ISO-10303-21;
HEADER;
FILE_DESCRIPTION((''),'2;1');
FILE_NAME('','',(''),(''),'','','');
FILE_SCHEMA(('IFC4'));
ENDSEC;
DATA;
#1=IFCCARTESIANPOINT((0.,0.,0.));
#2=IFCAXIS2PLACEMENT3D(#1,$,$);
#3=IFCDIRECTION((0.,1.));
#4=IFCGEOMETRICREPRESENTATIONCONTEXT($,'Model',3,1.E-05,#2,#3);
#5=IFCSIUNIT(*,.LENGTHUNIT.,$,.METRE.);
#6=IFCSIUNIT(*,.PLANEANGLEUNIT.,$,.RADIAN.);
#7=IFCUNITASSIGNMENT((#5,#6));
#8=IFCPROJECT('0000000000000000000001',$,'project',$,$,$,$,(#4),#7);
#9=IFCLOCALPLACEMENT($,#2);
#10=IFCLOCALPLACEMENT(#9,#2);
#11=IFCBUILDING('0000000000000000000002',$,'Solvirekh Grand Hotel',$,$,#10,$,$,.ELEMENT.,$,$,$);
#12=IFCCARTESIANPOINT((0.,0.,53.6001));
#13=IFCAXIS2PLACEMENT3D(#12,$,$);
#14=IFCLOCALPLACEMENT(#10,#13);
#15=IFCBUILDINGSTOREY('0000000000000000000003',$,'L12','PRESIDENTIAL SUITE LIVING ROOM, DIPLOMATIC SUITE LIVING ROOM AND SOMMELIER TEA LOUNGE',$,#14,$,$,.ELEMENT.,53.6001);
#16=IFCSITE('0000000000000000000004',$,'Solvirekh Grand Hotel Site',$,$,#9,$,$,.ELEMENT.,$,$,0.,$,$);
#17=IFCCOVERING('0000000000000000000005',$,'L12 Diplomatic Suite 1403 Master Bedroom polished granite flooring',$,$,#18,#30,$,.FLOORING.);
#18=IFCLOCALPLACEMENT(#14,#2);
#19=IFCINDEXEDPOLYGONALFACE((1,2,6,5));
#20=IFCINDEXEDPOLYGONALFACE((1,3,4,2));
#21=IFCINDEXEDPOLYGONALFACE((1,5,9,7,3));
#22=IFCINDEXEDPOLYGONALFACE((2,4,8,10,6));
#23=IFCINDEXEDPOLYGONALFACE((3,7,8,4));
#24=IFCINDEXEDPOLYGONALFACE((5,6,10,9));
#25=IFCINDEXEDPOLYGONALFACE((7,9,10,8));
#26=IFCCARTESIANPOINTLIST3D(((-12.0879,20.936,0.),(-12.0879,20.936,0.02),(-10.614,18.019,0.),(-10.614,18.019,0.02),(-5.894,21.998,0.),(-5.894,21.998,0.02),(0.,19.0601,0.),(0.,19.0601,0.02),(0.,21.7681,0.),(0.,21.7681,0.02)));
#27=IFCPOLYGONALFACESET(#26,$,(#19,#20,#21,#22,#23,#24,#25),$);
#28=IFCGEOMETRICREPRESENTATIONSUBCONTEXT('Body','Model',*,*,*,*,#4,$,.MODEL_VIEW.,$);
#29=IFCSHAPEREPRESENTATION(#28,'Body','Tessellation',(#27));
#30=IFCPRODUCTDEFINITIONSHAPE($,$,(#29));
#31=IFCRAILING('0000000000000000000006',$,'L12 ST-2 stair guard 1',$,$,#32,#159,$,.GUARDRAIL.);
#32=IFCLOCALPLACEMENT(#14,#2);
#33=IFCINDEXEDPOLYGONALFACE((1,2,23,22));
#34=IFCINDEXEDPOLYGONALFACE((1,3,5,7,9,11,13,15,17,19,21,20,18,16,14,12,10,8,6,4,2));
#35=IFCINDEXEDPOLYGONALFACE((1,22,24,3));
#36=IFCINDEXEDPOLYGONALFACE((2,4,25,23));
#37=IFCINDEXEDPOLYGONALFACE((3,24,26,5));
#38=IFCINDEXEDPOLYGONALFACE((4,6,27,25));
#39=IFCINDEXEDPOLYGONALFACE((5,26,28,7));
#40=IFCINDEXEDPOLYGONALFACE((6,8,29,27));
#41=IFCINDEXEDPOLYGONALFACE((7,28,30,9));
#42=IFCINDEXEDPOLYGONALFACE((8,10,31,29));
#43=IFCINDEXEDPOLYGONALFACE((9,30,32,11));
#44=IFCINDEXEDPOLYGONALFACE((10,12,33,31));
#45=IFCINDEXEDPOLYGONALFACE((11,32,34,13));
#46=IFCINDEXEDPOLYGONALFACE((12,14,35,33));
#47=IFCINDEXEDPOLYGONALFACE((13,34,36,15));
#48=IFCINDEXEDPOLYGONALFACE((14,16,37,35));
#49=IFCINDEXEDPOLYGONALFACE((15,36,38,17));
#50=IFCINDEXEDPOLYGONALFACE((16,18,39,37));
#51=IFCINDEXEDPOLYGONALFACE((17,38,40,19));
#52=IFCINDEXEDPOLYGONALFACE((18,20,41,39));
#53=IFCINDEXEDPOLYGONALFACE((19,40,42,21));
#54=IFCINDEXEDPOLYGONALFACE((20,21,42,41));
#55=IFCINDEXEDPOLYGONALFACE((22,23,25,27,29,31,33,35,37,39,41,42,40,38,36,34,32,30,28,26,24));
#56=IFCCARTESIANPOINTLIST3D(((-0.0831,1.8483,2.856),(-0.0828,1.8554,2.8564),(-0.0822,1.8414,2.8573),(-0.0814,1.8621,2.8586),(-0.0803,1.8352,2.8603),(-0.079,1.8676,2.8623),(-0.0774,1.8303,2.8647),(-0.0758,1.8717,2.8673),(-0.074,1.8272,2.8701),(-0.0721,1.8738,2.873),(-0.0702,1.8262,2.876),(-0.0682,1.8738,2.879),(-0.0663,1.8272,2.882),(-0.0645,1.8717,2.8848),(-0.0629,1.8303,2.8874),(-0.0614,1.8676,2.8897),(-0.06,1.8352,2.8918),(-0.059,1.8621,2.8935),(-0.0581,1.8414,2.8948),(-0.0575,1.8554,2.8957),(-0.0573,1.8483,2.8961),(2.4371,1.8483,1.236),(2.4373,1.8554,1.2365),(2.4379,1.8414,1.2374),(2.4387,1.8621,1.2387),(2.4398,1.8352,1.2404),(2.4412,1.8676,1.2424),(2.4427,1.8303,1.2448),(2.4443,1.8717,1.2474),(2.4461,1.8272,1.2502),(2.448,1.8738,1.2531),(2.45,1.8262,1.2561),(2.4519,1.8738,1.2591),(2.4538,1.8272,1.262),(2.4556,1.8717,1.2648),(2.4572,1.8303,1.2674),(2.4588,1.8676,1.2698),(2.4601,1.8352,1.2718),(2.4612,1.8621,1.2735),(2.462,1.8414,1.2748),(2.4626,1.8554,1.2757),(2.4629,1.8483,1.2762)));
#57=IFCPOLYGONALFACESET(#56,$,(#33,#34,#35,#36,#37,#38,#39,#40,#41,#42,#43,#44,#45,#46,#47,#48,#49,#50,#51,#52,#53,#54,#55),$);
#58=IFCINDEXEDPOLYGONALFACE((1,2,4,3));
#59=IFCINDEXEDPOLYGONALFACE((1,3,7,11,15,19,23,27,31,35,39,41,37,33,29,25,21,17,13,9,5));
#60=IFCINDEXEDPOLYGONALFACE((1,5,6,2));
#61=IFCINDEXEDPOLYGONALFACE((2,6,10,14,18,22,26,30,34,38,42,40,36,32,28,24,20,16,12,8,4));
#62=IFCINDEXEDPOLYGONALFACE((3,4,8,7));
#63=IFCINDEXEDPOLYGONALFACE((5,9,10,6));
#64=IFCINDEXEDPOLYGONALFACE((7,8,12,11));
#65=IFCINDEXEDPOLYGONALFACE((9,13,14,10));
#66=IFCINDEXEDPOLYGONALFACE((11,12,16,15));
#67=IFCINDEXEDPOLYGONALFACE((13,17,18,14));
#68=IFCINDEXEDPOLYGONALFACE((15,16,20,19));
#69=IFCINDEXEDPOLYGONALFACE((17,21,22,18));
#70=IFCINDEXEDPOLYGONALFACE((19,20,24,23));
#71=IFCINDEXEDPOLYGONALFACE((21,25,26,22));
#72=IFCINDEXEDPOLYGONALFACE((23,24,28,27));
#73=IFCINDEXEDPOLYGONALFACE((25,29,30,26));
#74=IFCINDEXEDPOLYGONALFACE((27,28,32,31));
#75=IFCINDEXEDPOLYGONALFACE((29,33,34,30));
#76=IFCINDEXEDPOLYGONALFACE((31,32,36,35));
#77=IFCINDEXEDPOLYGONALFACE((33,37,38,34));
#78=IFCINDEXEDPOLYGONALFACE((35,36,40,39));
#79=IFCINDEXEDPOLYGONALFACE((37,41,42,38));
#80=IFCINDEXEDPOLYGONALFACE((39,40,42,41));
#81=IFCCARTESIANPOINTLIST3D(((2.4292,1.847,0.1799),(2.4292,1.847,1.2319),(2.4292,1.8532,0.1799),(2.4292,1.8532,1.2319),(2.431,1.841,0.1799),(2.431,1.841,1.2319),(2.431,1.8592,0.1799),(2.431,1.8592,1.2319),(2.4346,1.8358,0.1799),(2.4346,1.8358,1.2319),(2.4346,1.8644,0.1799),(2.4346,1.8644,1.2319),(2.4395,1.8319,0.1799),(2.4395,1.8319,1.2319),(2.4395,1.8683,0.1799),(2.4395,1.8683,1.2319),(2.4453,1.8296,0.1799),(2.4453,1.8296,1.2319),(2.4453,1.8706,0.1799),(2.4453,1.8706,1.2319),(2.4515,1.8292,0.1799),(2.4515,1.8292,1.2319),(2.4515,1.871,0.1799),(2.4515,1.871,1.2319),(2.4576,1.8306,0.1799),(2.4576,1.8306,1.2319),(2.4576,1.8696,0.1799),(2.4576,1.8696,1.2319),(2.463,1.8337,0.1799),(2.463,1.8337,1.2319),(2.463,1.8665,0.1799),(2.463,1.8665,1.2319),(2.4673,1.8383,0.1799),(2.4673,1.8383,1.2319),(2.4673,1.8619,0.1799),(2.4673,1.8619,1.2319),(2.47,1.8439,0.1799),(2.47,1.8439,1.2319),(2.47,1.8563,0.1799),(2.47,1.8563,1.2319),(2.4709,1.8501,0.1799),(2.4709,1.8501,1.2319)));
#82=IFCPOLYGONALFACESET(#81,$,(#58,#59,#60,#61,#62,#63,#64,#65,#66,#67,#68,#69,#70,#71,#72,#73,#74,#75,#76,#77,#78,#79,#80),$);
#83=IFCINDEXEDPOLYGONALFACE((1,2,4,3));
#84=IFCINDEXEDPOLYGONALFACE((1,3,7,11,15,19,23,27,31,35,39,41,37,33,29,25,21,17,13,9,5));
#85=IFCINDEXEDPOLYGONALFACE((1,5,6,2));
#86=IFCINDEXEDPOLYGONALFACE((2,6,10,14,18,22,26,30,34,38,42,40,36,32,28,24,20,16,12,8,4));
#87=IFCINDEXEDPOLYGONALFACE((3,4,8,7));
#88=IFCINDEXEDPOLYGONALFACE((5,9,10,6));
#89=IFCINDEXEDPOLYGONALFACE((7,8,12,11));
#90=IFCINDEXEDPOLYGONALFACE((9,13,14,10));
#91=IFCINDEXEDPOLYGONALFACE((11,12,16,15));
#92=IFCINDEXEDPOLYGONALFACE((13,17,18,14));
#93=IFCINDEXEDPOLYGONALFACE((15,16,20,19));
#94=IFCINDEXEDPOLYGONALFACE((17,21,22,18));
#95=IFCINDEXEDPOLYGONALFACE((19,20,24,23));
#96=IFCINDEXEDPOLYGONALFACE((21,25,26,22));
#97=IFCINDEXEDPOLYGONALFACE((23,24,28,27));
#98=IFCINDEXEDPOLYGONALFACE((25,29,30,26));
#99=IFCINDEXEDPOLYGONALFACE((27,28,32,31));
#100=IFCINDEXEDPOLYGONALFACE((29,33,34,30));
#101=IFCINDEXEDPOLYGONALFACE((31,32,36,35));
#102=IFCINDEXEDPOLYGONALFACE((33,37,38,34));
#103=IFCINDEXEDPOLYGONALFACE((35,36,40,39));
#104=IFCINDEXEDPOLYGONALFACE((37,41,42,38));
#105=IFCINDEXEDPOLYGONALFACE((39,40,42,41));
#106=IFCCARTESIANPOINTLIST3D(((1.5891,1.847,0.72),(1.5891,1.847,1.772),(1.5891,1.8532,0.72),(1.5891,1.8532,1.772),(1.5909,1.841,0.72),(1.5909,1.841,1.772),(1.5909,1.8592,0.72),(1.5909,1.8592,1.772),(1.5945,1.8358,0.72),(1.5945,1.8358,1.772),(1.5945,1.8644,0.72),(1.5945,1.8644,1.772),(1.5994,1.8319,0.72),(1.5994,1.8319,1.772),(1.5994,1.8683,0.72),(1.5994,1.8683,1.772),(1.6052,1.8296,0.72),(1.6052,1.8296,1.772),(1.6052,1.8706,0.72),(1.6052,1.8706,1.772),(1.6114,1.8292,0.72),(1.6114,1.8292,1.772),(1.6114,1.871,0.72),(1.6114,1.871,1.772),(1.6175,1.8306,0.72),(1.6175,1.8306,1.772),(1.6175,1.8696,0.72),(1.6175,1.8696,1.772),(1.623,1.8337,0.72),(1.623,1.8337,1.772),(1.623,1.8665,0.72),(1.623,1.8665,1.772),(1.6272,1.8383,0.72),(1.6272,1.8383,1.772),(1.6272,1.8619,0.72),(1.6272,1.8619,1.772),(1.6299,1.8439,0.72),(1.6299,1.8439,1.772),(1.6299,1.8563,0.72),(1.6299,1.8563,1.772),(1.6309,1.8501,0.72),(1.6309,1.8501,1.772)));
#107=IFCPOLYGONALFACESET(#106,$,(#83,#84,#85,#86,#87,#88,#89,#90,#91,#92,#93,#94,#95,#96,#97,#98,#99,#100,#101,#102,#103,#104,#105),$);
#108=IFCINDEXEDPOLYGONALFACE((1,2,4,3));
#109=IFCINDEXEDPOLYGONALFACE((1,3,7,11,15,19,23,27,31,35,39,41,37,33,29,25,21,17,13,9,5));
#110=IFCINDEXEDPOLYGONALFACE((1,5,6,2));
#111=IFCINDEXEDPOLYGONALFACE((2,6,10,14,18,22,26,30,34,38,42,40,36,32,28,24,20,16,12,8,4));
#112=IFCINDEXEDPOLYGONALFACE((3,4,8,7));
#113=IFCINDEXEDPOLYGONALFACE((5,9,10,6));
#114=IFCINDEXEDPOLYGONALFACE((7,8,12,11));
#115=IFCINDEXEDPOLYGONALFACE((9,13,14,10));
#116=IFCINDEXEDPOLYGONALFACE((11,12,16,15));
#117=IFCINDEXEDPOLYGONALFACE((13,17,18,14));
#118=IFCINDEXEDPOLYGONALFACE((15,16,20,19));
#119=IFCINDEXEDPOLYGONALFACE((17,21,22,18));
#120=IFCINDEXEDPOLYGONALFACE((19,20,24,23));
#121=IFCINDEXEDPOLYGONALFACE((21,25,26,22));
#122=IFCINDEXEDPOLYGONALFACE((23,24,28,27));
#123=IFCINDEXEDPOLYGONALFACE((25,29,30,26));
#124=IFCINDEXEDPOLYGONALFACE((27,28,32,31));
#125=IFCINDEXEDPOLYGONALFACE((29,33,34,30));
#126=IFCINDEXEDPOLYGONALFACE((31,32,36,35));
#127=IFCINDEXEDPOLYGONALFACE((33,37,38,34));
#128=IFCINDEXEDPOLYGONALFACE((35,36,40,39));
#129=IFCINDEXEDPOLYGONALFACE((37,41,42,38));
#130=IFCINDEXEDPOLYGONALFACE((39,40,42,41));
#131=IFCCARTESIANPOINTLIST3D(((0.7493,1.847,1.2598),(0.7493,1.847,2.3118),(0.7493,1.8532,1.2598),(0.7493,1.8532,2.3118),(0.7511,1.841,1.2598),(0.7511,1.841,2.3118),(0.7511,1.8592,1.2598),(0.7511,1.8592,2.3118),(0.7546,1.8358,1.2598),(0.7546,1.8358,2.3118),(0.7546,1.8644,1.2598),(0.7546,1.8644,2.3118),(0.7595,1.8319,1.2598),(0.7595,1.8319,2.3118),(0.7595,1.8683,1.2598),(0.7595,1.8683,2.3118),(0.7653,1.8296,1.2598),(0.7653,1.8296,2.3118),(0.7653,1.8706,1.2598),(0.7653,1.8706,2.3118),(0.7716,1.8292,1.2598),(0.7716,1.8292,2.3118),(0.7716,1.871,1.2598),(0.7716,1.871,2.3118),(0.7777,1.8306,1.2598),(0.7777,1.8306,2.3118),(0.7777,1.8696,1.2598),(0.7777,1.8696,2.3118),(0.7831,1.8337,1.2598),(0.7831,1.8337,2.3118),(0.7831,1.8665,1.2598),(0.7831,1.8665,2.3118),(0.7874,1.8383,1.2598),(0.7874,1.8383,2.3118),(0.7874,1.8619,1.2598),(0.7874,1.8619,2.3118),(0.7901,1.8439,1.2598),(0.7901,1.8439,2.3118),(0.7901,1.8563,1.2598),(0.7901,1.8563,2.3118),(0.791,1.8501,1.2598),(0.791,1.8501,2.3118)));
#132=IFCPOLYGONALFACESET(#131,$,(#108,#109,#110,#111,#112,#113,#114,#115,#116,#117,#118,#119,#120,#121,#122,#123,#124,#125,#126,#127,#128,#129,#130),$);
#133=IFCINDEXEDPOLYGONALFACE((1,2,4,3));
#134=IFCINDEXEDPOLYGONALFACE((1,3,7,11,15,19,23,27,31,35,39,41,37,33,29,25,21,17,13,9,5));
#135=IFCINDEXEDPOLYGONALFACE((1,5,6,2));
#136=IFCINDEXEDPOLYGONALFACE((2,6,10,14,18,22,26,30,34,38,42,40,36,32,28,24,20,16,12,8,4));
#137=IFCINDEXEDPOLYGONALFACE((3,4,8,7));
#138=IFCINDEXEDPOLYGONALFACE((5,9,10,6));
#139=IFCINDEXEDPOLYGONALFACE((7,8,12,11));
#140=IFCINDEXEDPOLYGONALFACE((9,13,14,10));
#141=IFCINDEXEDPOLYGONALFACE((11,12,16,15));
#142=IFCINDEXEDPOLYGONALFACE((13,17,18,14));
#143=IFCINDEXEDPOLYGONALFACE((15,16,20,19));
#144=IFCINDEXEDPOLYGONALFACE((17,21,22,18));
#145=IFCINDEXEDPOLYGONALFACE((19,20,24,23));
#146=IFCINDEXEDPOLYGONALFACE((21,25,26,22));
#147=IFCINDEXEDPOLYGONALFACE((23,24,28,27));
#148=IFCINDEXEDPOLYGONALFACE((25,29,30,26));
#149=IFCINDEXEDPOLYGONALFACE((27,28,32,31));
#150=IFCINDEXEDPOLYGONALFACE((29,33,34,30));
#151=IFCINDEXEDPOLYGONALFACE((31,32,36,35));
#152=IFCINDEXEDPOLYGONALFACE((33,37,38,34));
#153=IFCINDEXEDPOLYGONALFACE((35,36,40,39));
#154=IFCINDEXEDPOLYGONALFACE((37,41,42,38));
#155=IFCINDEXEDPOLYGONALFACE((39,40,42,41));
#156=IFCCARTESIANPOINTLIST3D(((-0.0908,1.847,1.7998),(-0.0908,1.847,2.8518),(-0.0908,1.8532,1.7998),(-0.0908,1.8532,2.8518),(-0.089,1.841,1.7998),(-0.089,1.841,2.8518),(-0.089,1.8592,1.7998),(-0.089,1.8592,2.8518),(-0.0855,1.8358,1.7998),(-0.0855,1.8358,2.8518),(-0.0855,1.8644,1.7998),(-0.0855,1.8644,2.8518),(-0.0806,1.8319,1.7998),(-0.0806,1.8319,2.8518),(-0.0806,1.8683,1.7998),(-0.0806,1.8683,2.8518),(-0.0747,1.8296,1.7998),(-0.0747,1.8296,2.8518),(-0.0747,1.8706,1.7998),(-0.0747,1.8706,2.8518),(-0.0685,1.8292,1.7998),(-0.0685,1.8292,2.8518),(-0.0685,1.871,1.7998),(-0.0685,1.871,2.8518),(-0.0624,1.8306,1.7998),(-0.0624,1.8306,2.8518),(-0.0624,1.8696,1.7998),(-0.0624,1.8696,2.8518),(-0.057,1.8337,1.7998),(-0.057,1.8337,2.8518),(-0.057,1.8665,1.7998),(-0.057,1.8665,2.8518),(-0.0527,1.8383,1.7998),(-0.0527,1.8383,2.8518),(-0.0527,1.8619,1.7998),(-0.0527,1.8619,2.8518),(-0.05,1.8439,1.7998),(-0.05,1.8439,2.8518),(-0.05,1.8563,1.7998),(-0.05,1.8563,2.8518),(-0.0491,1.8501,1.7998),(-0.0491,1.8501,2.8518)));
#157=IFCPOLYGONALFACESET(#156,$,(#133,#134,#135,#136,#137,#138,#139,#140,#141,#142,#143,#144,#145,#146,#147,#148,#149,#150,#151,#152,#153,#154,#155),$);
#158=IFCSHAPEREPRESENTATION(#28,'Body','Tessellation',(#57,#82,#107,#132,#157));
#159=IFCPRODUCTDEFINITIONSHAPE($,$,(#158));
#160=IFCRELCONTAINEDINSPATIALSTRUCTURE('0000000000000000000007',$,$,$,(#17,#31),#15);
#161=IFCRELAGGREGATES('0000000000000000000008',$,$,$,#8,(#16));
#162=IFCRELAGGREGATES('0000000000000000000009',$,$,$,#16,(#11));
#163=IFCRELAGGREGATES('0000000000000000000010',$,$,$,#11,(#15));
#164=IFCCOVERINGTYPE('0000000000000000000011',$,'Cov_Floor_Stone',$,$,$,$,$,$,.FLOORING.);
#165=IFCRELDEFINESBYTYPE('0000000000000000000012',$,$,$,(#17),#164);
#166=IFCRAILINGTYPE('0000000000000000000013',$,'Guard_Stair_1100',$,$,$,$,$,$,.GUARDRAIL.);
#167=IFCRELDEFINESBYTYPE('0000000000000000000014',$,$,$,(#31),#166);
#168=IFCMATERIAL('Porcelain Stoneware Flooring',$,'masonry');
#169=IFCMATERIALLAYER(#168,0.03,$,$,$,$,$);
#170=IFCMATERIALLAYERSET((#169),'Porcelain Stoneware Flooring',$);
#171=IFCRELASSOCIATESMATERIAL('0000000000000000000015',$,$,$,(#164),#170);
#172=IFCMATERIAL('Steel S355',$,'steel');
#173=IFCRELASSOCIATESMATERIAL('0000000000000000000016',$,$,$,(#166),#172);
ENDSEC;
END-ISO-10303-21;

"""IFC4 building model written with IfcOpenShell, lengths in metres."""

from ifc_helpers import new_model, si_unit, direction, frame, origin, origin_2d, place, context, subcontext, project, spatial, polyline, circle, outline, extrude, material, layer, layer_set, type_object, element, save


model = new_model("IFC4")

# Units and contexts
model_context = context("Model", 3, precision=1e-05, world=origin(), true_north=direction((0.0, 1.0)))
body_context = subcontext(model_context, "Body", "Model", "MODEL_VIEW")
ifc_project = project(units=[si_unit("LENGTHUNIT", "METRE"), si_unit("PLANEANGLEUNIT", "RADIAN")], contexts=[model_context])

# Site, building, storey
site_placement = place(None, origin())
site = spatial("IfcSite", under=ifc_project, at=site_placement, Name="Solvirekh Grand Hotel Site", CompositionType="ELEMENT", RefElevation=0.0)
building_placement = place(site_placement, origin())
building = spatial("IfcBuilding", under=site, at=building_placement, Name="Solvirekh Grand Hotel", CompositionType="ELEMENT")
storey_placement = place(building_placement, frame((0.0, 0.0, 53.6001)))
storey = spatial("IfcBuildingStorey", under=building, at=storey_placement, Name="L12", Description="PRESIDENTIAL SUITE LIVING ROOM, DIPLOMATIC SUITE LIVING ROOM AND SOMMELIER TEA LOUNGE", CompositionType="ELEMENT", Elevation=53.6001)

# Shared definitions
ifc_material_1 = material(Name="Steel S355", Category="steel")

# Covering
ifc_material_2 = material(Name="Porcelain Stoneware Flooring", Category="masonry")
ifc_layer_1 = layer(ifc_material_2, 0.03)
ifc_layer_set_1 = layer_set([ifc_layer_1], Name="Porcelain Stoneware Flooring")
covering_type_1 = type_object("IfcCoveringType", Name="Cov_Floor_Stone", PredefinedType="FLOORING", material=ifc_layer_set_1)
covering_1_placement = place(storey_placement, origin())
element("IfcCovering", 1, at=covering_1_placement, inside=storey, type_object=covering_type_1, Name="L12 Diplomatic Suite 1403 Master Bedroom polished granite flooring", PredefinedType="FLOORING", context=body_context, shape_type="SweptSolid", body=[
    extrude(outline(polyline([(0.0, 21.7681), (-5.894, 21.998), (-12.0879, 20.936), (-10.614, 18.019), (0.0, 19.0601), (0.0, 21.7681)])), origin(), (0.0, 0.0, 1.0), 0.02),
])

# Railing
railing_type_1 = type_object("IfcRailingType", Name="Guard_Stair_1100", PredefinedType="GUARDRAIL", material=ifc_material_1)
railing_1_placement = place(storey_placement, frame((2.45, 1.8501, 0.1799)))
element("IfcRailing", 2, at=railing_1_placement, inside=storey, type_object=railing_type_1, Name="L12 ST-2 stair guard 1", PredefinedType="GUARDRAIL", context=body_context, shape_type="SweptSolid", body=[
    extrude(circle(Radius=0.0239, at=origin_2d()), frame((0.0, 0.0, 1.0762), z_axis=(-0.8412, 0.0, 0.540725), x_axis=(0.0, -1.0, 0.0)), (0.0, 0.0, 1.0), 2.9958),
    extrude(circle(Radius=0.021, at=origin_2d()), origin(), (0.0, 0.0, 1.0), 1.052),
    extrude(circle(Radius=0.021, at=origin_2d()), frame((-0.8401, 0.0, 0.54)), (0.0, 0.0, 1.0), 1.052),
    extrude(circle(Radius=0.021, at=origin_2d()), frame((-1.6799, 0.0, 1.0798)), (0.0, 0.0, 1.0), 1.052),
    extrude(circle(Radius=0.021, at=origin_2d()), frame((-2.52, 0.0, 1.6199)), (0.0, 0.0, 1.0), 1.052),
])

save(model, "model.ifc")
